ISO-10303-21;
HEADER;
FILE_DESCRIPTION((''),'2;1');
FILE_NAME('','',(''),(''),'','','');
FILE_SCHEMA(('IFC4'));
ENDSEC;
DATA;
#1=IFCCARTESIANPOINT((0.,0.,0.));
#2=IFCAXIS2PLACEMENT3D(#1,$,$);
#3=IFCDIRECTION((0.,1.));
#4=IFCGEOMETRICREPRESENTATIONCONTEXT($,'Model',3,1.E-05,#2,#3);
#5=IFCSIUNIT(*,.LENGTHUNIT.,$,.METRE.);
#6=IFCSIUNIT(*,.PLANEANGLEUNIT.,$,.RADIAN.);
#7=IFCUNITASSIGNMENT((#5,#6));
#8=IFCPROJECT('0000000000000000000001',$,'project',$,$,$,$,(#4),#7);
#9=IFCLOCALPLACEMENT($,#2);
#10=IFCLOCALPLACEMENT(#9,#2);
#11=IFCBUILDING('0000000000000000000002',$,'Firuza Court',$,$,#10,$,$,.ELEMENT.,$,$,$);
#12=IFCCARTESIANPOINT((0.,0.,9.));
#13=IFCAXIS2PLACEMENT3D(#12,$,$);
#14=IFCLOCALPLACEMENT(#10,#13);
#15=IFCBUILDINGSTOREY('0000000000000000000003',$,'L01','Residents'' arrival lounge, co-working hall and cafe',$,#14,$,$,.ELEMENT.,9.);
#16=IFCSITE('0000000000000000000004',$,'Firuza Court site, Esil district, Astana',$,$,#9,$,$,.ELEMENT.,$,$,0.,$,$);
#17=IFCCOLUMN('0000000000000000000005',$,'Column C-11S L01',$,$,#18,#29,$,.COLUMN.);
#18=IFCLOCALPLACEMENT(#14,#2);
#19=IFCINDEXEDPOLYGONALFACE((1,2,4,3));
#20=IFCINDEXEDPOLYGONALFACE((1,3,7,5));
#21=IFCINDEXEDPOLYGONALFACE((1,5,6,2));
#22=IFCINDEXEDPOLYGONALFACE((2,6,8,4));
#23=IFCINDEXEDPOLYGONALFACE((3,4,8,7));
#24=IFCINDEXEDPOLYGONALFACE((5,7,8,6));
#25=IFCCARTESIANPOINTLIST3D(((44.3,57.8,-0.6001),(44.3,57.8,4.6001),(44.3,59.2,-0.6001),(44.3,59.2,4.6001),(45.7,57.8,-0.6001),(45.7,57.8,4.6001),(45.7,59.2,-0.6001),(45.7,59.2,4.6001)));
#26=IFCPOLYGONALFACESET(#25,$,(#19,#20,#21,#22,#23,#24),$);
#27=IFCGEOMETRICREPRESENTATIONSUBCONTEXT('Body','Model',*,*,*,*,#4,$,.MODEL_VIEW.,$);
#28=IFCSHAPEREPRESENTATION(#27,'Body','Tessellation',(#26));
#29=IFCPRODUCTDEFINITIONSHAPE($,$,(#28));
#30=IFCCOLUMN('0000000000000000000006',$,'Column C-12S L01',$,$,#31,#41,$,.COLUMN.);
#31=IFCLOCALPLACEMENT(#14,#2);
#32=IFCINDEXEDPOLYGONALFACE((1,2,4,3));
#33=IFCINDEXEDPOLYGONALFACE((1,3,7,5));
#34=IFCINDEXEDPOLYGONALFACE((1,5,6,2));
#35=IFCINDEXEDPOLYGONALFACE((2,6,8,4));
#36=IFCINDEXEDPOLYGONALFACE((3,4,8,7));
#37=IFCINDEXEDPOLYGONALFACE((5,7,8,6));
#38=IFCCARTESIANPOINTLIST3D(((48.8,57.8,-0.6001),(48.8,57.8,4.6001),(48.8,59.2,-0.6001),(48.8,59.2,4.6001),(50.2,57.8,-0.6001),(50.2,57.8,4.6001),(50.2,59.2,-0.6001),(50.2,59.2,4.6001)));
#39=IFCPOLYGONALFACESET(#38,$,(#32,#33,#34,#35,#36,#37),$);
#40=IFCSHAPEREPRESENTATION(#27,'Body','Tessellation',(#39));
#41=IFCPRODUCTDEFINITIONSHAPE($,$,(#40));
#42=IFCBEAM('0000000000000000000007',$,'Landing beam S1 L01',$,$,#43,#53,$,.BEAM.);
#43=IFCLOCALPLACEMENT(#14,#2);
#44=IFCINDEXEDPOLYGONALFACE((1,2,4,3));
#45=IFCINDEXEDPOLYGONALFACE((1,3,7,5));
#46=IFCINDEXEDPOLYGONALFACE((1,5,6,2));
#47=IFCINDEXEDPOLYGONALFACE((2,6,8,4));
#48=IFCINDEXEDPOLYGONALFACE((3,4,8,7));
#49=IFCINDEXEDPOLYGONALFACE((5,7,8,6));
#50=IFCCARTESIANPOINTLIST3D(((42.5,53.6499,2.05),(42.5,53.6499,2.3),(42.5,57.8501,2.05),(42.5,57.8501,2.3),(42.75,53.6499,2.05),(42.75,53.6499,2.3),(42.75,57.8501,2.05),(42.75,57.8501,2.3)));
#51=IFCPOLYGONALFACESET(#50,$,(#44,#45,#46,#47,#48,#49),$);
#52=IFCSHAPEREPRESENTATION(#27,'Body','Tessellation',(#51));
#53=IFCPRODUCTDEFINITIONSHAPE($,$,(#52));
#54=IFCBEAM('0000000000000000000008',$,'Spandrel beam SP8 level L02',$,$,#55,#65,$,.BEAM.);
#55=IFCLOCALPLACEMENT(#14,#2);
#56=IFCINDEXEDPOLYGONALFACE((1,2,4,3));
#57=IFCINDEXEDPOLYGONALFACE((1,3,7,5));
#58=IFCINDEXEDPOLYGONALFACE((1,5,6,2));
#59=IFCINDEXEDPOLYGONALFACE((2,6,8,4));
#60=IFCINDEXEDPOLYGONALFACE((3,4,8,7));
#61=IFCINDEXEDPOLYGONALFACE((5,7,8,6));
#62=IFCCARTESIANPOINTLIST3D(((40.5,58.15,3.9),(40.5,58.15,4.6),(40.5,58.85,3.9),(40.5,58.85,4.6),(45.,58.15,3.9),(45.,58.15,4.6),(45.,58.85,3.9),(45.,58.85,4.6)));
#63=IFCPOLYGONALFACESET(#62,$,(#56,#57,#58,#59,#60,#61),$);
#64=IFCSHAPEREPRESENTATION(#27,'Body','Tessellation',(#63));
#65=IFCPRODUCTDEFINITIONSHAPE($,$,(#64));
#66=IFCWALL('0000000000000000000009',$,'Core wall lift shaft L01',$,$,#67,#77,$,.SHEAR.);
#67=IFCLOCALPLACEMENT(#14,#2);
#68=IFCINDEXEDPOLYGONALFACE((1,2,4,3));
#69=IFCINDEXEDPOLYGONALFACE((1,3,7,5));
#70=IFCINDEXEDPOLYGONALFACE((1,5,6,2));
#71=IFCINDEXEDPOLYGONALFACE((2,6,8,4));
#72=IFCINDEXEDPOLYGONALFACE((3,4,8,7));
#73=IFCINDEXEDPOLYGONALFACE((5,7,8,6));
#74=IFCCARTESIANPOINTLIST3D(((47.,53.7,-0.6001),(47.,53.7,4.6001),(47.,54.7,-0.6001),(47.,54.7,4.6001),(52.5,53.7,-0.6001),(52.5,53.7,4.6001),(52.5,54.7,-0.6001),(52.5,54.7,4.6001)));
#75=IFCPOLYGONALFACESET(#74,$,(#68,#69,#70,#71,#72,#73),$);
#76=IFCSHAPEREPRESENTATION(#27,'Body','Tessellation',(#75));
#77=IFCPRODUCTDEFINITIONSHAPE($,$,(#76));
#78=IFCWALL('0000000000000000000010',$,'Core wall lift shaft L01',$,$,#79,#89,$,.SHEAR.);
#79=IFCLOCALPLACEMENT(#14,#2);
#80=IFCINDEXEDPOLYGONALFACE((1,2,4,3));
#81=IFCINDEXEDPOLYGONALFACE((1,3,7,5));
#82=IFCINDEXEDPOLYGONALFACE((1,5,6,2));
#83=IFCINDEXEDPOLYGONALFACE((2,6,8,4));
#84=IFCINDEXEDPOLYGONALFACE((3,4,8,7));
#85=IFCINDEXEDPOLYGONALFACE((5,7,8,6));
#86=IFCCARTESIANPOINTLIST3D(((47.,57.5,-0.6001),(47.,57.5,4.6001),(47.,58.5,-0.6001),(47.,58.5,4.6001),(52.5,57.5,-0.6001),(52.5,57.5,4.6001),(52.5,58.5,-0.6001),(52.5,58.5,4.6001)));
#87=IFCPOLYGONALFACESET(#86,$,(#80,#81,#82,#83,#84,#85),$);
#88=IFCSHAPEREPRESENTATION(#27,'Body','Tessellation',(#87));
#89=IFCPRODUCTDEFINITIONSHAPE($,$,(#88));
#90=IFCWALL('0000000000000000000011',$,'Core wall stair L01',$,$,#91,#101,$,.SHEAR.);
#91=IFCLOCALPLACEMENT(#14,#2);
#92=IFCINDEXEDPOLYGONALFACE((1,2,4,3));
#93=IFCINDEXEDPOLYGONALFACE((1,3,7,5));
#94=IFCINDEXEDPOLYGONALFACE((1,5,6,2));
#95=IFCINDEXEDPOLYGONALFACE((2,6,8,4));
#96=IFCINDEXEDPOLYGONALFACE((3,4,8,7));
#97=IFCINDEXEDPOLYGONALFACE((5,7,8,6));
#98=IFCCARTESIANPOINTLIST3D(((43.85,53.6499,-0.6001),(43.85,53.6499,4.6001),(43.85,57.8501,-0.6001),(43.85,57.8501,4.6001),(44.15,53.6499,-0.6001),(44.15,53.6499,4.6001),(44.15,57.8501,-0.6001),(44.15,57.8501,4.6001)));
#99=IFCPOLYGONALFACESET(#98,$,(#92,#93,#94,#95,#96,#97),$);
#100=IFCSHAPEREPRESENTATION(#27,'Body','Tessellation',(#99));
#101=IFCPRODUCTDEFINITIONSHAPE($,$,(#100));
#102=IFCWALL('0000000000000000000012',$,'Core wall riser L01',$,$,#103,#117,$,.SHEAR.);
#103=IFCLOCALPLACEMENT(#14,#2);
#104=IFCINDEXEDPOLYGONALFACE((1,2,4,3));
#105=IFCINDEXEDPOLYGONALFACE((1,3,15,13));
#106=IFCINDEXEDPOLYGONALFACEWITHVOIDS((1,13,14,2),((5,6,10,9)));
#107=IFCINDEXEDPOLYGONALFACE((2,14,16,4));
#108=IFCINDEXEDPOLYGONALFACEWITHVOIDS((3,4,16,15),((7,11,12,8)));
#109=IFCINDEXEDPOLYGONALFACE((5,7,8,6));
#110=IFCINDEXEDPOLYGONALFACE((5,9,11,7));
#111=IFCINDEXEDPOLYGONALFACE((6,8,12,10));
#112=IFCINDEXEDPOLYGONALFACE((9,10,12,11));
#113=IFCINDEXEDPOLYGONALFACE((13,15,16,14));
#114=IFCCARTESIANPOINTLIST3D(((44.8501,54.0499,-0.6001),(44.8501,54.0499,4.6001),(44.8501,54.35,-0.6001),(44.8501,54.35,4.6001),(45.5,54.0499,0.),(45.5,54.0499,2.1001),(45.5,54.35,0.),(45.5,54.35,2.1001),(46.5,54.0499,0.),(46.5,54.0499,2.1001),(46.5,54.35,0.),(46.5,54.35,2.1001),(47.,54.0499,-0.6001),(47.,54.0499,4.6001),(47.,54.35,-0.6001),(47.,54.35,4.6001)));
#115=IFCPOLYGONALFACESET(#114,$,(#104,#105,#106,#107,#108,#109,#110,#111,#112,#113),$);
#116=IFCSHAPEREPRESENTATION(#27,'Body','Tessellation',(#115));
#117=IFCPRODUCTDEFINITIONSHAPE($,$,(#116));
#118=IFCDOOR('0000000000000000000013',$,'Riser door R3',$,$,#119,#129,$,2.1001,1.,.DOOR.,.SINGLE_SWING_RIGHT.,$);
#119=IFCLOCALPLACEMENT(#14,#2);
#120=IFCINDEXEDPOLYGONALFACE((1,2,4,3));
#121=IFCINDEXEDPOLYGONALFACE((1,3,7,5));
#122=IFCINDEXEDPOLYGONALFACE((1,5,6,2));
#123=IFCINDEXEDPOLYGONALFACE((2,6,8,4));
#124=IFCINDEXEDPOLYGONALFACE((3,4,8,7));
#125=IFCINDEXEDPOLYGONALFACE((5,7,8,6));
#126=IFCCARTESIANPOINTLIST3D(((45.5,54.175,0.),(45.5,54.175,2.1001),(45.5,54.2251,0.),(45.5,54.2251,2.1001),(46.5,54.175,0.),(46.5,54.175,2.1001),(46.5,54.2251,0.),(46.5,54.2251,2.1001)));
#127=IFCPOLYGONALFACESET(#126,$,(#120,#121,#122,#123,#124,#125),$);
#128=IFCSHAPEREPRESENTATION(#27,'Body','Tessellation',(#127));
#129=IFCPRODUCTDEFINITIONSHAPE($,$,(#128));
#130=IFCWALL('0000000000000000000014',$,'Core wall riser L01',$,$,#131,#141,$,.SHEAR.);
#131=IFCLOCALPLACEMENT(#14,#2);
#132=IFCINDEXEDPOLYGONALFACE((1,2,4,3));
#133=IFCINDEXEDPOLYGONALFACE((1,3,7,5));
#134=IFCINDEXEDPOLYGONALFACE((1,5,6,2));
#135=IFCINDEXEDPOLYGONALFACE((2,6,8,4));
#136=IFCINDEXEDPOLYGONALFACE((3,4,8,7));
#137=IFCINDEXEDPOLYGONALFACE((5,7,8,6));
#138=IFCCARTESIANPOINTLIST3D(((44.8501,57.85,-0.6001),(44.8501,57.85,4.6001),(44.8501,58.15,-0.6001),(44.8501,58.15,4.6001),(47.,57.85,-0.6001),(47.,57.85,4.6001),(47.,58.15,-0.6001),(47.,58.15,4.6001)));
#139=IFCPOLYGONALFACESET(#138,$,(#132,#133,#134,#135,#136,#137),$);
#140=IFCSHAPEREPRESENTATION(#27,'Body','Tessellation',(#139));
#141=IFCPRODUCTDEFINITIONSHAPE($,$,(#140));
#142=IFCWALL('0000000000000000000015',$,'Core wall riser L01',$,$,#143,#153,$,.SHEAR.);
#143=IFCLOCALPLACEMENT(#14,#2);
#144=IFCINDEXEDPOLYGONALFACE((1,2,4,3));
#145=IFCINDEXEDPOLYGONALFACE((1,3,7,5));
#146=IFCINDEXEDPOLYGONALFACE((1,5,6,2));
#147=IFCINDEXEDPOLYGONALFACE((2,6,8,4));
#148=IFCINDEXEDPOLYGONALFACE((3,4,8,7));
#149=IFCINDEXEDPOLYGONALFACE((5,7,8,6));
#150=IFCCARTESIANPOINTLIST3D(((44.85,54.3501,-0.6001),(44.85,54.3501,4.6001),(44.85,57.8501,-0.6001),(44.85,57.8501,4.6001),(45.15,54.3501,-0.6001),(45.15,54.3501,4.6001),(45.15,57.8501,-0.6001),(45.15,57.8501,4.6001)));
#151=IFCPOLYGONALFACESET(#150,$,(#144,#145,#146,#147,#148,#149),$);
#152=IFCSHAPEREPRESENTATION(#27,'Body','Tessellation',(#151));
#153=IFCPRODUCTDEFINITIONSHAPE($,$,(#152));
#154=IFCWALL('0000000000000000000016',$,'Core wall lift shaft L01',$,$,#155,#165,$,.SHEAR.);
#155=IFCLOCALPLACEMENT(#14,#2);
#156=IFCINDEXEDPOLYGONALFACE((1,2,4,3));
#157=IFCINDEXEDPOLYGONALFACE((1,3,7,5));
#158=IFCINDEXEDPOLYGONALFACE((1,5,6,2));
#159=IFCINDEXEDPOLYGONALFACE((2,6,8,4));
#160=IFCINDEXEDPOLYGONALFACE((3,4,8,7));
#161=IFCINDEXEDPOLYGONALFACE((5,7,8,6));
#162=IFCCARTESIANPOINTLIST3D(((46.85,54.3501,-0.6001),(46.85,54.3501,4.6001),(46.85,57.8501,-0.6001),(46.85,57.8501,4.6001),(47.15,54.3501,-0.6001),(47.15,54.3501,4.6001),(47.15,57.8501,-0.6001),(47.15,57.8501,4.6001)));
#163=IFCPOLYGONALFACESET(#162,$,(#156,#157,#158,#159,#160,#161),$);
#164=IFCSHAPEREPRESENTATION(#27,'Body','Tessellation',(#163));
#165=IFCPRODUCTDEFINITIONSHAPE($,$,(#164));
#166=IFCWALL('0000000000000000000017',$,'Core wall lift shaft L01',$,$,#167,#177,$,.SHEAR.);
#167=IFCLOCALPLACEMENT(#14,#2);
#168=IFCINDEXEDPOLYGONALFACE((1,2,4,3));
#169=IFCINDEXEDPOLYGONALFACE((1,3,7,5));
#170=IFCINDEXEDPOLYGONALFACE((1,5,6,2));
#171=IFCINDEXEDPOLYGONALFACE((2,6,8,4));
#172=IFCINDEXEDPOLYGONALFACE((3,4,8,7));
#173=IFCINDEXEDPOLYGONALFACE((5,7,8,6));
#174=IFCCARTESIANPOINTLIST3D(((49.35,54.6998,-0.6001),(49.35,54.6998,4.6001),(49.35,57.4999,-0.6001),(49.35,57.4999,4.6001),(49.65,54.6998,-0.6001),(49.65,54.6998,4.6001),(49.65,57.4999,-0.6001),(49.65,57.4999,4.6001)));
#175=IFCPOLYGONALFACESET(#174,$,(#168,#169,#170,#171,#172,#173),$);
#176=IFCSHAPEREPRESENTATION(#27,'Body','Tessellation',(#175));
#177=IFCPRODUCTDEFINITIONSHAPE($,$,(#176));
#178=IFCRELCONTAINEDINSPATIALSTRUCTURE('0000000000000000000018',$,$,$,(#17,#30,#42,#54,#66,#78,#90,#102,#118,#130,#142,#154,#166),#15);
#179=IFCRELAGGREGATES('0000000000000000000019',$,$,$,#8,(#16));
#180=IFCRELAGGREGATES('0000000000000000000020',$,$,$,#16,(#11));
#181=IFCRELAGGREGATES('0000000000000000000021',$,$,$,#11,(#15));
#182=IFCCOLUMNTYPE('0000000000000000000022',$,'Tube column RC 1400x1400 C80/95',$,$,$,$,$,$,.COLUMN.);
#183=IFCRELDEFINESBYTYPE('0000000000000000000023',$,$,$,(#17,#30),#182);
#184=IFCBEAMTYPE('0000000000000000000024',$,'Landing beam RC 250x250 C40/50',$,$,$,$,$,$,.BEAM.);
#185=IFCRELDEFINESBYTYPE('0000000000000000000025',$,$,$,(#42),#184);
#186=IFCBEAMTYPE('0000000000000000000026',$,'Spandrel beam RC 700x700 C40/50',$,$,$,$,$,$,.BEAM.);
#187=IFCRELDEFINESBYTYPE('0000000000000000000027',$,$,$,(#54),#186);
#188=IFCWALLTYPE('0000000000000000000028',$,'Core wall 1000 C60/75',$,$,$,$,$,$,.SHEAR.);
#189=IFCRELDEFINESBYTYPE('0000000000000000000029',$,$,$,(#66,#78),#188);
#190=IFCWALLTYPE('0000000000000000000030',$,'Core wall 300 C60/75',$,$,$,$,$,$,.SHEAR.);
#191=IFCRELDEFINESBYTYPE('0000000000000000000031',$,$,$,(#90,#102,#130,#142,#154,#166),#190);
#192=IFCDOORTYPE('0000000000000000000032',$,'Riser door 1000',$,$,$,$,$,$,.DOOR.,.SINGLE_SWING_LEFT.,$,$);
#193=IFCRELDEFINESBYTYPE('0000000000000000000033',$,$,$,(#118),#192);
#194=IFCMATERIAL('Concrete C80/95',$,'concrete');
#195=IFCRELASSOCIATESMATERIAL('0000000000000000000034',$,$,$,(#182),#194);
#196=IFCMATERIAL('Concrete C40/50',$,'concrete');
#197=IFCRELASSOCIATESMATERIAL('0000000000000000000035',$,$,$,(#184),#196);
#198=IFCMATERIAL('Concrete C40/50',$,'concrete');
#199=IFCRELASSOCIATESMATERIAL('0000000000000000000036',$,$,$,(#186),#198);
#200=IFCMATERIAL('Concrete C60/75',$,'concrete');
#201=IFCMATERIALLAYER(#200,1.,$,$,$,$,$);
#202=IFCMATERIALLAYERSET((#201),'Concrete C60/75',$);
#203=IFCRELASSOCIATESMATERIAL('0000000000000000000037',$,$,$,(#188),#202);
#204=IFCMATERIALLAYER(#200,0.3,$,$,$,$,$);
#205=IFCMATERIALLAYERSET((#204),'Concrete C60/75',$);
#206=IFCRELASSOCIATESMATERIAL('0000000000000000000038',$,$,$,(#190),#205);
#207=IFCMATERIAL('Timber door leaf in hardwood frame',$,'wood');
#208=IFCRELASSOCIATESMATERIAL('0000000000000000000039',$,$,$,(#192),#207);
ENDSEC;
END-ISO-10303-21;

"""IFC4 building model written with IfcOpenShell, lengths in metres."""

from ifc_helpers import new_model, si_unit, direction, frame, frame_2d, origin, origin_2d, place, context, subcontext, project, spatial, rectangle, extrude, material, layer, layer_set, material_profile, profile_set, type_object, element, fill, save


model = new_model("IFC4")

# Units and contexts
model_context = context("Model", 3, precision=1e-05, world=origin(), true_north=direction((0.0, 1.0)))
body_context = subcontext(model_context, "Body", "Model", "MODEL_VIEW")
ifc_project = project(units=[si_unit("LENGTHUNIT", "METRE"), si_unit("PLANEANGLEUNIT", "RADIAN")], contexts=[model_context])

# Site, building, storey
site_placement = place(None, origin())
site = spatial("IfcSite", under=ifc_project, at=site_placement, Name="Firuza Court site, Esil district, Astana", CompositionType="ELEMENT", RefElevation=0.0)
building_placement = place(site_placement, origin())
building = spatial("IfcBuilding", under=site, at=building_placement, Name="Firuza Court", CompositionType="ELEMENT")
storey_placement = place(building_placement, frame((0.0, 0.0, 9.0)))
storey = spatial("IfcBuildingStorey", under=building, at=storey_placement, Name="L01", Description="Residents' arrival lounge, co-working hall and cafe", CompositionType="ELEMENT", Elevation=9.0)

# Columns
ifc_material_1 = material(Name="Concrete C80/95", Category="concrete")
ifc_material_profile_1 = material_profile(ifc_material_1, rectangle(XDim=1.3999, YDim=1.3999, at=origin_2d()), Name="RC 1400x1400")
ifc_profile_set_1 = profile_set([ifc_material_profile_1], Name="Concrete C80/95")
column_type = type_object("IfcColumnType", Name="Tube column RC 1400x1400 C80/95", PredefinedType="COLUMN", material=ifc_profile_set_1)
for number, where, z_axis, x_axis, name in (
    (1, (45.0, 58.5, -0.6001), (0.0, 0.0, 1.0), (1.0, 0.0, 0.0), "Column C-11S L01"),
    (2, (49.5, 58.5, -0.6001), (0.0, 0.0, 1.0), (1.0, 0.0, 0.0), "Column C-12S L01"),
):
    element("IfcColumn", number, at=place(storey_placement, frame(where, z_axis=z_axis, x_axis=x_axis)), inside=storey, type_object=column_type, Name=name, PredefinedType="COLUMN", context=body_context, shape_type="SweptSolid", body=[
        extrude(rectangle(XDim=1.3999, YDim=1.3999, at=origin_2d()), origin(), (0.0, 0.0, 1.0), 5.2002),
    ])

# Beams
ifc_material_2 = material(Name="Concrete C40/50", Category="concrete")
ifc_material_profile_2 = material_profile(ifc_material_2, rectangle(XDim=0.25, YDim=0.25, at=origin_2d()), Name="RC 250x250")
ifc_profile_set_2 = profile_set([ifc_material_profile_2], Name="Concrete C40/50")
beam_type_1 = type_object("IfcBeamType", Name="Landing beam RC 250x250 C40/50", PredefinedType="BEAM", material=ifc_profile_set_2)
beam_1_placement = place(storey_placement, frame((42.625, 53.6499, 2.175), z_axis=(0.0, 1.0, 0.0), x_axis=(-1.0, 0.0, 0.0)))
element("IfcBeam", 3, at=beam_1_placement, inside=storey, type_object=beam_type_1, Name="Landing beam S1 L01", PredefinedType="BEAM", context=body_context, shape_type="SweptSolid", body=[
    extrude(rectangle(XDim=0.25, YDim=0.25, at=origin_2d()), origin(), (0.0, 0.0, 1.0), 4.2002),
])
ifc_material_3 = material(Name="Concrete C40/50", Category="concrete")
ifc_material_profile_3 = material_profile(ifc_material_3, rectangle(XDim=0.7, YDim=0.7, at=origin_2d()), Name="RC 700x700")
ifc_profile_set_3 = profile_set([ifc_material_profile_3], Name="Concrete C40/50")
beam_type_2 = type_object("IfcBeamType", Name="Spandrel beam RC 700x700 C40/50", PredefinedType="BEAM", material=ifc_profile_set_3)
beam_2_placement = place(storey_placement, frame((45.0, 58.5, 4.25), z_axis=(-1.0, 0.0, 0.0), x_axis=(0.0, -1.0, 0.0)))
element("IfcBeam", 4, at=beam_2_placement, inside=storey, type_object=beam_type_2, Name="Spandrel beam SP8 level L02", PredefinedType="BEAM", context=body_context, shape_type="SweptSolid", body=[
    extrude(rectangle(XDim=0.7, YDim=0.7, at=origin_2d()), origin(), (0.0, 0.0, 1.0), 4.5),
])

# Walls
ifc_material_4 = material(Name="Concrete C60/75", Category="concrete")
ifc_layer_1 = layer(ifc_material_4, 1.0)
ifc_layer_set_1 = layer_set([ifc_layer_1], Name="Concrete C60/75")
wall_type_1 = type_object("IfcWallType", Name="Core wall 1000 C60/75", PredefinedType="SHEAR", material=ifc_layer_set_1)
for number, where, z_axis, x_axis, name in (
    (5, (47.0, 54.2, -0.6001), (0.0, 0.0, 1.0), (1.0, 0.0, 0.0), "Core wall lift shaft L01"),
    (6, (47.0, 58.0, -0.6001), (0.0, 0.0, 1.0), (1.0, 0.0, 0.0), "Core wall lift shaft L01"),
):
    element("IfcWall", number, at=place(storey_placement, frame(where, z_axis=z_axis, x_axis=x_axis)), inside=storey, type_object=wall_type_1, Name=name, PredefinedType="SHEAR", context=body_context, shape_type="SweptSolid", body=[
        extrude(rectangle(XDim=5.5, YDim=1.0, at=frame_2d((2.75, 0.0))), origin(), (0.0, 0.0, 1.0), 5.2002),
    ])
ifc_layer_2 = layer(ifc_material_4, 0.3)
ifc_layer_set_2 = layer_set([ifc_layer_2], Name="Concrete C60/75")
wall_type_2 = type_object("IfcWallType", Name="Core wall 300 C60/75", PredefinedType="SHEAR", material=ifc_layer_set_2)
wall_1_placement = place(storey_placement, frame((44.0, 53.6499, -0.6001), z_axis=(0.0, 0.0, 1.0), x_axis=(0.0, 1.0, 0.0)))
element("IfcWall", 7, at=wall_1_placement, inside=storey, type_object=wall_type_2, Name="Core wall stair L01", PredefinedType="SHEAR", context=body_context, shape_type="SweptSolid", body=[
    extrude(rectangle(XDim=4.2002, YDim=0.3, at=frame_2d((2.1001, 0.0))), origin(), (0.0, 0.0, 1.0), 5.2002),
])

# Wall, opening, door
wall_2_placement = place(storey_placement, frame((44.8501, 54.2, -0.6001), z_axis=(0.0, 0.0, 1.0), x_axis=(1.0, 0.0, 0.0)))
wall_2 = element("IfcWall", 8, at=wall_2_placement, inside=storey, type_object=wall_type_2, Name="Core wall riser L01", PredefinedType="SHEAR", context=body_context, shape_type="SweptSolid", body=[
    extrude(rectangle(XDim=2.1499, YDim=0.3, at=frame_2d((1.075, 0.0))), origin(), (0.0, 0.0, 1.0), 5.2002),
])
opening_1_placement = place(wall_2_placement, frame((0.6499, 0.0, 0.6001)))
opening_1 = element("IfcOpeningElement", 9, at=opening_1_placement, cuts=wall_2, PredefinedType="OPENING", context=body_context, shape_type="SweptSolid", body=[
    extrude(rectangle(XDim=1.0, YDim=2.1001, at=frame_2d((0.5, 1.05))), frame((0.0, 0.1621, 0.0), z_axis=(0.0, -1.0, 0.0), x_axis=(1.0, 0.0, 0.0)), (0.0, 0.0, 1.0), 0.324),
])
ifc_material_5 = material(Name="Timber door leaf in hardwood frame", Category="wood")
door_type_1 = type_object("IfcDoorType", Name="Riser door 1000", OperationType="SINGLE_SWING_LEFT", PredefinedType="DOOR", material=ifc_material_5)
door_1_placement = place(opening_1_placement, frame((1.0, 0.0, 0.0), z_axis=(0.0, 0.0, 1.0), x_axis=(-1.0, 0.0, 0.0)))
door_1 = element("IfcDoor", 10, at=door_1_placement, inside=storey, type_object=door_type_1, Name="Riser door R3", OperationType="SINGLE_SWING_RIGHT", OverallHeight=2.1001, OverallWidth=1.0, PredefinedType="DOOR", context=body_context, shape_type="SweptSolid", body=[
    extrude(rectangle(XDim=1.0, YDim=2.1001, at=frame_2d((0.5, 1.05))), frame((0.0, 0.0249, 0.0), z_axis=(0.0, -1.0, 0.0), x_axis=(1.0, 0.0, 0.0)), (0.0, 0.0, 1.0), 0.05),
])
fill(opening_1, door_1)

# Walls
wall_3_placement = place(storey_placement, frame((44.8501, 58.0, -0.6001), z_axis=(0.0, 0.0, 1.0), x_axis=(1.0, 0.0, 0.0)))
element("IfcWall", 11, at=wall_3_placement, inside=storey, type_object=wall_type_2, Name="Core wall riser L01", PredefinedType="SHEAR", context=body_context, shape_type="SweptSolid", body=[
    extrude(rectangle(XDim=2.1499, YDim=0.3, at=frame_2d((1.075, 0.0))), origin(), (0.0, 0.0, 1.0), 5.2002),
])
for number, where, z_axis, x_axis, name in (
    (12, (45.0, 54.3501, -0.6001), (0.0, 0.0, 1.0), (0.0, 1.0, 0.0), "Core wall riser L01"),
    (13, (47.0, 54.3501, -0.6001), (0.0, 0.0, 1.0), (0.0, 1.0, 0.0), "Core wall lift shaft L01"),
):
    element("IfcWall", number, at=place(storey_placement, frame(where, z_axis=z_axis, x_axis=x_axis)), inside=storey, type_object=wall_type_2, Name=name, PredefinedType="SHEAR", context=body_context, shape_type="SweptSolid", body=[
        extrude(rectangle(XDim=3.5, YDim=0.3, at=frame_2d((1.75, 0.0))), origin(), (0.0, 0.0, 1.0), 5.2002),
    ])
wall_4_placement = place(storey_placement, frame((49.5, 54.7, -0.6001), z_axis=(0.0, 0.0, 1.0), x_axis=(0.0, 1.0, 0.0)))
element("IfcWall", 14, at=wall_4_placement, inside=storey, type_object=wall_type_2, Name="Core wall lift shaft L01", PredefinedType="SHEAR", context=body_context, shape_type="SweptSolid", body=[
    extrude(rectangle(XDim=2.8, YDim=0.3, at=frame_2d((1.3999, 0.0))), origin(), (0.0, 0.0, 1.0), 5.2002),
])

save(model, "model.ifc")
